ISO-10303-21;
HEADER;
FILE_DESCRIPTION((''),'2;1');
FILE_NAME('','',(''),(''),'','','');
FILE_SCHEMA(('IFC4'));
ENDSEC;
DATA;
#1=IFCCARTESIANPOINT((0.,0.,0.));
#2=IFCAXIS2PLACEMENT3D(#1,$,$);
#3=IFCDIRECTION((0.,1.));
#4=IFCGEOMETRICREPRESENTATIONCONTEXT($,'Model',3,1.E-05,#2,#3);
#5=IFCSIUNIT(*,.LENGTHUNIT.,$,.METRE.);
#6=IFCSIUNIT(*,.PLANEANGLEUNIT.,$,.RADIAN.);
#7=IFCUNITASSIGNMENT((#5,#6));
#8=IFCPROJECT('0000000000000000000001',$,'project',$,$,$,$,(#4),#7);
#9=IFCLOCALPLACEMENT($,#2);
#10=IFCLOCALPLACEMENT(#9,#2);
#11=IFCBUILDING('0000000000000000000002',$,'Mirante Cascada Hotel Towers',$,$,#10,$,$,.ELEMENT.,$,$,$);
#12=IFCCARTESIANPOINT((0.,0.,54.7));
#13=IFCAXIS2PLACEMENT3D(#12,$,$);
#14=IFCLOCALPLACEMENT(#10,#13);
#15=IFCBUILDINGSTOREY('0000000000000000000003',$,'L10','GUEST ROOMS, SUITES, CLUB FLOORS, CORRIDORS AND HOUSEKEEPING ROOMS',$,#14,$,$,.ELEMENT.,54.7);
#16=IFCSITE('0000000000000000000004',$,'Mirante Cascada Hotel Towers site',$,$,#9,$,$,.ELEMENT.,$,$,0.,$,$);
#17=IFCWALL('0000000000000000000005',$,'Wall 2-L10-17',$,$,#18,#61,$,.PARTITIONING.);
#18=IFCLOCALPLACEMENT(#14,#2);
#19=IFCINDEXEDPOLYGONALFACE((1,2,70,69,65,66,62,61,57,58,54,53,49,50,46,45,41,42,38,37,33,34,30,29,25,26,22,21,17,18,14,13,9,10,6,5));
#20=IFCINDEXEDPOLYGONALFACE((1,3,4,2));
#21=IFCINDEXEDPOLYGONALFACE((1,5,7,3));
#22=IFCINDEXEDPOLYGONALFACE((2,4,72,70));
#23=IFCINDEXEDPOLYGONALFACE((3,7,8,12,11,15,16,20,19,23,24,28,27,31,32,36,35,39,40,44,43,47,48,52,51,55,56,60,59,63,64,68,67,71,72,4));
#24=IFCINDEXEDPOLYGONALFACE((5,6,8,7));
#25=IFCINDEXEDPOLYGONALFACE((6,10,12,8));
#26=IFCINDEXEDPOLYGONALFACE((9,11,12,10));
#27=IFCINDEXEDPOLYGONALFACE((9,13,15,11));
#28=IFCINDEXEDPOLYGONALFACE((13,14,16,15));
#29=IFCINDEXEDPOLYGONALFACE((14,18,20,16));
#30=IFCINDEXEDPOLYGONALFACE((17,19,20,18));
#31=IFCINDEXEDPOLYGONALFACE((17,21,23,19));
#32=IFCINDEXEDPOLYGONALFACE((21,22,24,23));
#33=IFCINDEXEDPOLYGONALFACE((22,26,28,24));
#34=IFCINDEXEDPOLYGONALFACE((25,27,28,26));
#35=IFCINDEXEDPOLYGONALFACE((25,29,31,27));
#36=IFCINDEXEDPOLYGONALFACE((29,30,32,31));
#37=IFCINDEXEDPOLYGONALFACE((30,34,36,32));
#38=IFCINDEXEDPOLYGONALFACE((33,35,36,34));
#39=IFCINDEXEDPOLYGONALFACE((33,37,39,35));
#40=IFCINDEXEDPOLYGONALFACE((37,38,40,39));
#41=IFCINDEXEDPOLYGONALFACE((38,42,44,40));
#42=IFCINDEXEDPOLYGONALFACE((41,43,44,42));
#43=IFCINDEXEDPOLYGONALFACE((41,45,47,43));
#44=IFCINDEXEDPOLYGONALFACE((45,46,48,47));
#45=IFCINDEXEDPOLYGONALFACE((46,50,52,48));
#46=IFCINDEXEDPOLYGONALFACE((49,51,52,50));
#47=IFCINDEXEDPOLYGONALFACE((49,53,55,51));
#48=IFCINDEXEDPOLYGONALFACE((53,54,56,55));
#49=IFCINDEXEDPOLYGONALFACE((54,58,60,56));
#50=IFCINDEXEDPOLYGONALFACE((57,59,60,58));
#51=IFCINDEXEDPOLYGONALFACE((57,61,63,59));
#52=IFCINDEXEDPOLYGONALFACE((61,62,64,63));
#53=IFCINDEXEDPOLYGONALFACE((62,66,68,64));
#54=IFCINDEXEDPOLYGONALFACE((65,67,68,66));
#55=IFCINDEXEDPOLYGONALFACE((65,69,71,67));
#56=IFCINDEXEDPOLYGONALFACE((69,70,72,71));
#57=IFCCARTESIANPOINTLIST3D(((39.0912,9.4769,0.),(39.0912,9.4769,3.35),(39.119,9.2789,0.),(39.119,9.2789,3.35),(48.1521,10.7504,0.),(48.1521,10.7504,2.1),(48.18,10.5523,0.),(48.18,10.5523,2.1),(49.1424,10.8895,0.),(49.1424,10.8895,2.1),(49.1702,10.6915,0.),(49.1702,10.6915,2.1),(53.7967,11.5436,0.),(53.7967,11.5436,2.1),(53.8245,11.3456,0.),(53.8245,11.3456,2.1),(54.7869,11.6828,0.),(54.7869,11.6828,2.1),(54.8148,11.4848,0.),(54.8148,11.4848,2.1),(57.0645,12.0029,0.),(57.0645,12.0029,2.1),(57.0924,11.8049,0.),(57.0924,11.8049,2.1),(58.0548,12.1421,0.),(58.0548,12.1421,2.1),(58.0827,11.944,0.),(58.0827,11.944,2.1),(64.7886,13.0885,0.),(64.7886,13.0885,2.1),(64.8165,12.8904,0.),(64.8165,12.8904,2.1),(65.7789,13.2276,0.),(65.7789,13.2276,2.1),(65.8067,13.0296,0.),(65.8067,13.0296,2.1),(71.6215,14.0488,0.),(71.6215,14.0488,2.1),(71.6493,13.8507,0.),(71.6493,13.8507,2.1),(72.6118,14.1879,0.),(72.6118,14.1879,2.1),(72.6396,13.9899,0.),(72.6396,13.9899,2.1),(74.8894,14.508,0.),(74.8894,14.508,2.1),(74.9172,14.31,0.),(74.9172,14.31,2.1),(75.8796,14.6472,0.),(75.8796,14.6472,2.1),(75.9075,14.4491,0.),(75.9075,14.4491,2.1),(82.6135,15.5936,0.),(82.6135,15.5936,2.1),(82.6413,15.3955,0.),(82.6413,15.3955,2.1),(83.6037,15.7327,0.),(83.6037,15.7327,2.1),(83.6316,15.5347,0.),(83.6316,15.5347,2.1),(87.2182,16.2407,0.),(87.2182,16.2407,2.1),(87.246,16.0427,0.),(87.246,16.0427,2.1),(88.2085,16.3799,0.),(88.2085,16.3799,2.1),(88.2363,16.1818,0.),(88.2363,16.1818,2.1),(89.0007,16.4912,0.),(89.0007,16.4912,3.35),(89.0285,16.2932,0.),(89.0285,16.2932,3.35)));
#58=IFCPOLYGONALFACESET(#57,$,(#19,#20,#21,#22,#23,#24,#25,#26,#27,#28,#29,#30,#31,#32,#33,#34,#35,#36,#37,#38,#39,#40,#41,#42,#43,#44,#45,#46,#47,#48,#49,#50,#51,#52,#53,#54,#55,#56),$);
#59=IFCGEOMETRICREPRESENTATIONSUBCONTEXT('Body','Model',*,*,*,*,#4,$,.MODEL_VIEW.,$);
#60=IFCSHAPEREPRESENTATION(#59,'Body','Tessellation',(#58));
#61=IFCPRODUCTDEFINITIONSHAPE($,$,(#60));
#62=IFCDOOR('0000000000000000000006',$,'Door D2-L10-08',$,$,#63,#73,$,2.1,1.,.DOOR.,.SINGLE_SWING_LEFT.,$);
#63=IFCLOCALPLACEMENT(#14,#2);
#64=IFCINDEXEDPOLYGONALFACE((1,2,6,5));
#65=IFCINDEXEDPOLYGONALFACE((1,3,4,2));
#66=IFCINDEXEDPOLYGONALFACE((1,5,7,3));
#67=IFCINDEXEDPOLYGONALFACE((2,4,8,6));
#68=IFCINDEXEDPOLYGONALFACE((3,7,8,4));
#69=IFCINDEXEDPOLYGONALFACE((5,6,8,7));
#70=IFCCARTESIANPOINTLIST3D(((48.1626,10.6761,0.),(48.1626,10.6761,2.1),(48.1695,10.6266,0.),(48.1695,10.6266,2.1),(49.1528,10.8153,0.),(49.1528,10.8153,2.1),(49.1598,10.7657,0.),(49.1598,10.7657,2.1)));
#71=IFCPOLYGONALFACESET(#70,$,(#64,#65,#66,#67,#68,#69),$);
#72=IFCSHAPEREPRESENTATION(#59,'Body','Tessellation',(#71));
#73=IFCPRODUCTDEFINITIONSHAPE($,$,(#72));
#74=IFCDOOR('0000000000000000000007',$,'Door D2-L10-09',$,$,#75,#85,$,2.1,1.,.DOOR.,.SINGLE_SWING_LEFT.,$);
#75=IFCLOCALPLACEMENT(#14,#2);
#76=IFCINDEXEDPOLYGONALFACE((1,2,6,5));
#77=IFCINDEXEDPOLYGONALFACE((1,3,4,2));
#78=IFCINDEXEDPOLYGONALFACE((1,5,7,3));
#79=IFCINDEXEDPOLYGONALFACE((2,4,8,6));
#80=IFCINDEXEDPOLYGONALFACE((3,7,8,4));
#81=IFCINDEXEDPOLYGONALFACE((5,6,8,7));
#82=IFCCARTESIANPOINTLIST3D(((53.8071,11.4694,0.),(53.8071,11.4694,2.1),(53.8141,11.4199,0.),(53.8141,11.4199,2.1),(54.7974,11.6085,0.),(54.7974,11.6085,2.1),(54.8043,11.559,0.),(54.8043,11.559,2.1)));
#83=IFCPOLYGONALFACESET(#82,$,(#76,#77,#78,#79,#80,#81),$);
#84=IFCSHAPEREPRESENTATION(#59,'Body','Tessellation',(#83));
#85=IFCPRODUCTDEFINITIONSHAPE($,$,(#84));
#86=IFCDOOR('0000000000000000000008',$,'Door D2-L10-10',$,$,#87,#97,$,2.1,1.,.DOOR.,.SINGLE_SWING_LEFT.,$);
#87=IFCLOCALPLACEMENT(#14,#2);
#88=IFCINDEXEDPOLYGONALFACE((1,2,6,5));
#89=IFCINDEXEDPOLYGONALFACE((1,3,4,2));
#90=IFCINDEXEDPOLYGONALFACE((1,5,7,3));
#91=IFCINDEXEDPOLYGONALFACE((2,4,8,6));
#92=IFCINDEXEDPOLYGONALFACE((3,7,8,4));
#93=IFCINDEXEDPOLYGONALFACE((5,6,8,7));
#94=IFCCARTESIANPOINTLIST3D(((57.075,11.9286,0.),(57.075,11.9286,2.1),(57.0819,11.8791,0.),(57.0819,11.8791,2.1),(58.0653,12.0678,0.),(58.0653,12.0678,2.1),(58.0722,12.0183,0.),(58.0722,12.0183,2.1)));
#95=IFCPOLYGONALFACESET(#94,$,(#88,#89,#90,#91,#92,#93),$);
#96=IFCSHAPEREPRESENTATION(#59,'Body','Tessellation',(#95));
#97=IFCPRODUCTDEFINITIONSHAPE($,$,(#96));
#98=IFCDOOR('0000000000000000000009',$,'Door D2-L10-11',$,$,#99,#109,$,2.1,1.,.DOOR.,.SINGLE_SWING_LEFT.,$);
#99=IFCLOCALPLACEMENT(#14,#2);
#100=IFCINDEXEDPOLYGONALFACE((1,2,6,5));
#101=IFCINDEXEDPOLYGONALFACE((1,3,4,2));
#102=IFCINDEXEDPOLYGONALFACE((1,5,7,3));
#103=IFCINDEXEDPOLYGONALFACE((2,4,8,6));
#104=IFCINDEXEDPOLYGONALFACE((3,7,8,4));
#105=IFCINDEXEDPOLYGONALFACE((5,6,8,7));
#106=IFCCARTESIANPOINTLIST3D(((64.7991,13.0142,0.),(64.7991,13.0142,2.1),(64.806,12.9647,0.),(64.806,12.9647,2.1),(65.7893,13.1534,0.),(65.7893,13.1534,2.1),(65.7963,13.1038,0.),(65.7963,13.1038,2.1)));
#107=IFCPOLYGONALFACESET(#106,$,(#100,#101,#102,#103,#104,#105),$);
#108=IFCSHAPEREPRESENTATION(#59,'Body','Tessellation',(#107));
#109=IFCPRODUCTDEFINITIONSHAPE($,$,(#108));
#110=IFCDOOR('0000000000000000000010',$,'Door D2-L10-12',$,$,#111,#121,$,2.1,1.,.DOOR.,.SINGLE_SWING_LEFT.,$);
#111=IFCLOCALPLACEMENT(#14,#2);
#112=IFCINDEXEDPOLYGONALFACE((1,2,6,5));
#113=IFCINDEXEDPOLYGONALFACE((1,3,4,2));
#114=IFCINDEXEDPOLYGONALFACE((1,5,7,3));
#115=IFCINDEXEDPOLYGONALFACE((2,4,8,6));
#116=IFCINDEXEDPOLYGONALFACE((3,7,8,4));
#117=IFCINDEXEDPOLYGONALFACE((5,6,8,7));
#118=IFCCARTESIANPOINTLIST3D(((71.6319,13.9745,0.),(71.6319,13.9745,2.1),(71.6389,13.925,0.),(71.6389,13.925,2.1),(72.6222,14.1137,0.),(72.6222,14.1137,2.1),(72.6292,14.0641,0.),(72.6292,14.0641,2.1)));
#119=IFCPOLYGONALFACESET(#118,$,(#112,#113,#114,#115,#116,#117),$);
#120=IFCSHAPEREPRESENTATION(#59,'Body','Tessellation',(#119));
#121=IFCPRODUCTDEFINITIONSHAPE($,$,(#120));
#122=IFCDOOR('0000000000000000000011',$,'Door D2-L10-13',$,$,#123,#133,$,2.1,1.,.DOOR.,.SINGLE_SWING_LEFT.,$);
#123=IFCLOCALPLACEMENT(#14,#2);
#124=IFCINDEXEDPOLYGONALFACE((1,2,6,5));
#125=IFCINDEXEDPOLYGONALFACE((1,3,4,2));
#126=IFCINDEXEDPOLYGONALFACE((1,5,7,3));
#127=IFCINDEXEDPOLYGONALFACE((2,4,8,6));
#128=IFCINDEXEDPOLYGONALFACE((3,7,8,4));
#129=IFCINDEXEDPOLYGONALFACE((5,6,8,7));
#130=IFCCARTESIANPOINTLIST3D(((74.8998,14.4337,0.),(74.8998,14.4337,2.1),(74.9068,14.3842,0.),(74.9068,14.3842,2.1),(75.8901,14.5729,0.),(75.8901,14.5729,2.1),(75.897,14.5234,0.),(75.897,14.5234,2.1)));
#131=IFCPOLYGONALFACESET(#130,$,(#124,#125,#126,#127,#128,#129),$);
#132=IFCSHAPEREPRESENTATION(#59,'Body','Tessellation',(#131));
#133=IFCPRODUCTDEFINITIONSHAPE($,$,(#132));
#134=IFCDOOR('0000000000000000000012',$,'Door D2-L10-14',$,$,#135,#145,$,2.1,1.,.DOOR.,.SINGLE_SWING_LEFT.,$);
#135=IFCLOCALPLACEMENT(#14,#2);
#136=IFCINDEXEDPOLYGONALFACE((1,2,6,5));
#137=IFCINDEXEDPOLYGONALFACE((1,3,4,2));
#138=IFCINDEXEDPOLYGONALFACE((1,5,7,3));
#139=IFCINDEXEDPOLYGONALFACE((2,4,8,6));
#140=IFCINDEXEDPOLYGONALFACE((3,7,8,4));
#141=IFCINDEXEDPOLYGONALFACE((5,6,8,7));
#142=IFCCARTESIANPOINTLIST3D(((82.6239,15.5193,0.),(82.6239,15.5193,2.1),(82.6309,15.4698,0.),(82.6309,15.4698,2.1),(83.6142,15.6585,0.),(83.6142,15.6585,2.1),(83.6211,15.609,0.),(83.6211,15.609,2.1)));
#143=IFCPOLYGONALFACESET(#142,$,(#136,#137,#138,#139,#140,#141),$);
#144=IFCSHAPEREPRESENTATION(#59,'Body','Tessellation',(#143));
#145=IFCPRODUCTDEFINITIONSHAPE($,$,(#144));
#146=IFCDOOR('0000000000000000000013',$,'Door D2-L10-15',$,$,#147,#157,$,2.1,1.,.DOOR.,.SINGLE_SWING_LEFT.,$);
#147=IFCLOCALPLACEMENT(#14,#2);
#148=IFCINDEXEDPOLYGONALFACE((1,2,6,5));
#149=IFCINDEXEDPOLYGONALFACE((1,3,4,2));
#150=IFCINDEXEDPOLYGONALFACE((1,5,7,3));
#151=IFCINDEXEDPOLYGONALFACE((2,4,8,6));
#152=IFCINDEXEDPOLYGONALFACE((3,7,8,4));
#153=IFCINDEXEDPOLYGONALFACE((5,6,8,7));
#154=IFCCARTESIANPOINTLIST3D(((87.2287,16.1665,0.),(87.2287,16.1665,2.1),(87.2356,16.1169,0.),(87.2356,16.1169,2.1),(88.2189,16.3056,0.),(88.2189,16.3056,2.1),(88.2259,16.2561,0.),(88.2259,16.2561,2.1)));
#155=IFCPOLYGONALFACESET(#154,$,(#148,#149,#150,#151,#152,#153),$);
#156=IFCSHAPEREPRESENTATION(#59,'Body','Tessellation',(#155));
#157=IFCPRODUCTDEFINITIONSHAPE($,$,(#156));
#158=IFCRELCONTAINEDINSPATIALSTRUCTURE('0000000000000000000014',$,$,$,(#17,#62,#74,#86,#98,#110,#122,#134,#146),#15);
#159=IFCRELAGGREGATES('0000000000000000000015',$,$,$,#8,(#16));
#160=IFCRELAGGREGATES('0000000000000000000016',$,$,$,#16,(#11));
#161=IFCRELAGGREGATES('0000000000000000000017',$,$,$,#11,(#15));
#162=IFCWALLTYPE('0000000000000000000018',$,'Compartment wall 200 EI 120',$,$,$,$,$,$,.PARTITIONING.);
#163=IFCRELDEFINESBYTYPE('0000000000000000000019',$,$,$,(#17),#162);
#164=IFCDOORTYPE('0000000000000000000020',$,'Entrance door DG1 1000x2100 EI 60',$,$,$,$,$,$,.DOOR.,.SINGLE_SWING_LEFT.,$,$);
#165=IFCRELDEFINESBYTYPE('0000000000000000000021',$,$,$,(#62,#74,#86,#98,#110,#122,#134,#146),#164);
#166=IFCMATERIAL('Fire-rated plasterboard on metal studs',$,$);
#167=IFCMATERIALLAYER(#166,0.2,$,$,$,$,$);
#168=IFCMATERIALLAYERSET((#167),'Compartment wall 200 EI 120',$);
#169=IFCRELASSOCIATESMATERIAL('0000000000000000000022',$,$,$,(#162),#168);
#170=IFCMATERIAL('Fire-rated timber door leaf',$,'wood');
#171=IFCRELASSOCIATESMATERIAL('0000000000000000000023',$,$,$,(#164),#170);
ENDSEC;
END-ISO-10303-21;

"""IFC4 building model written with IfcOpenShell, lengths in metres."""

from ifc_helpers import new_model, si_unit, direction, frame, frame_2d, origin, place, context, subcontext, project, spatial, rectangle, extrude, material, layer, layer_set, type_object, element, fill, save


model = new_model("IFC4")

# Units and contexts
model_context = context("Model", 3, precision=1e-05, world=origin(), true_north=direction((0.0, 1.0)))
body_context = subcontext(model_context, "Body", "Model", "MODEL_VIEW")
ifc_project = project(units=[si_unit("LENGTHUNIT", "METRE"), si_unit("PLANEANGLEUNIT", "RADIAN")], contexts=[model_context])

# Site, building, storey
site_placement = place(None, origin())
site = spatial("IfcSite", under=ifc_project, at=site_placement, Name="Mirante Cascada Hotel Towers site", CompositionType="ELEMENT", RefElevation=0.0)
building_placement = place(site_placement, origin())
building = spatial("IfcBuilding", under=site, at=building_placement, Name="Mirante Cascada Hotel Towers", CompositionType="ELEMENT")
storey_placement = place(building_placement, frame((0.0, 0.0, 54.7)))
storey = spatial("IfcBuildingStorey", under=building, at=storey_placement, Name="L10", Description="GUEST ROOMS, SUITES, CLUB FLOORS, CORRIDORS AND HOUSEKEEPING ROOMS", CompositionType="ELEMENT", Elevation=54.7)

# Wall, openings, doors
ifc_material_1 = material(Name="Fire-rated plasterboard on metal studs")
ifc_layer_1 = layer(ifc_material_1, 0.2)
ifc_layer_set_1 = layer_set([ifc_layer_1], Name="Compartment wall 200 EI 120")
wall_type_1 = type_object("IfcWallType", Name="Compartment wall 200 EI 120", PredefinedType="PARTITIONING", material=ifc_layer_set_1)
wall_1_placement = place(storey_placement, frame((39.1051, 9.3779, 0.0), z_axis=(0.0, 0.0, 1.0), x_axis=(0.990268, 0.139173, 0.0)))
wall_1 = element("IfcWall", 1, at=wall_1_placement, inside=storey, type_object=wall_type_1, Name="Wall 2-L10-17", PredefinedType="PARTITIONING", context=body_context, shape_type="SweptSolid", body=[
    extrude(rectangle(XDim=50.4, YDim=0.2, at=frame_2d((25.2, 0.0))), origin(), (0.0, 0.0, 1.0), 3.35),
])
opening_1_placement = place(wall_1_placement, frame((9.15, 0.0, 0.0)))
opening_1 = element("IfcOpeningElement", 2, at=opening_1_placement, cuts=wall_1, PredefinedType="OPENING", context=body_context, shape_type="SweptSolid", body=[
    extrude(rectangle(XDim=1.0, YDim=2.1, at=frame_2d((0.5, 1.05))), frame((0.0, 0.1, 0.0), z_axis=(0.0, -1.0, 0.0), x_axis=(1.0, 0.0, 0.0)), (0.0, 0.0, 1.0), 0.2),
])
opening_2_placement = place(wall_1_placement, frame((14.85, 0.0, 0.0)))
opening_2 = element("IfcOpeningElement", 3, at=opening_2_placement, cuts=wall_1, PredefinedType="OPENING", context=body_context, shape_type="SweptSolid", body=[
    extrude(rectangle(XDim=1.0, YDim=2.1, at=frame_2d((0.5, 1.05))), frame((0.0, 0.1, 0.0), z_axis=(0.0, -1.0, 0.0), x_axis=(1.0, 0.0, 0.0)), (0.0, 0.0, 1.0), 0.2),
])
opening_3_placement = place(wall_1_placement, frame((18.15, 0.0, 0.0)))
opening_3 = element("IfcOpeningElement", 4, at=opening_3_placement, cuts=wall_1, PredefinedType="OPENING", context=body_context, shape_type="SweptSolid", body=[
    extrude(rectangle(XDim=1.0, YDim=2.1, at=frame_2d((0.5, 1.05))), frame((0.0, 0.1, 0.0), z_axis=(0.0, -1.0, 0.0), x_axis=(1.0, 0.0, 0.0)), (0.0, 0.0, 1.0), 0.2),
])
opening_4_placement = place(wall_1_placement, frame((25.95, 0.0, 0.0)))
opening_4 = element("IfcOpeningElement", 5, at=opening_4_placement, cuts=wall_1, PredefinedType="OPENING", context=body_context, shape_type="SweptSolid", body=[
    extrude(rectangle(XDim=1.0, YDim=2.1, at=frame_2d((0.5, 1.05))), frame((0.0, 0.1, 0.0), z_axis=(0.0, -1.0, 0.0), x_axis=(1.0, 0.0, 0.0)), (0.0, 0.0, 1.0), 0.2),
])
opening_5_placement = place(wall_1_placement, frame((32.85, 0.0, 0.0)))
opening_5 = element("IfcOpeningElement", 6, at=opening_5_placement, cuts=wall_1, PredefinedType="OPENING", context=body_context, shape_type="SweptSolid", body=[
    extrude(rectangle(XDim=1.0, YDim=2.1, at=frame_2d((0.5, 1.05))), frame((0.0, 0.1, 0.0), z_axis=(0.0, -1.0, 0.0), x_axis=(1.0, 0.0, 0.0)), (0.0, 0.0, 1.0), 0.2),
])
opening_6_placement = place(wall_1_placement, frame((36.15, 0.0, 0.0)))
opening_6 = element("IfcOpeningElement", 7, at=opening_6_placement, cuts=wall_1, PredefinedType="OPENING", context=body_context, shape_type="SweptSolid", body=[
    extrude(rectangle(XDim=1.0, YDim=2.1, at=frame_2d((0.5, 1.05))), frame((0.0, 0.1, 0.0), z_axis=(0.0, -1.0, 0.0), x_axis=(1.0, 0.0, 0.0)), (0.0, 0.0, 1.0), 0.2),
])
opening_7_placement = place(wall_1_placement, frame((43.95, 0.0, 0.0)))
opening_7 = element("IfcOpeningElement", 8, at=opening_7_placement, cuts=wall_1, PredefinedType="OPENING", context=body_context, shape_type="SweptSolid", body=[
    extrude(rectangle(XDim=1.0, YDim=2.1, at=frame_2d((0.5, 1.05))), frame((0.0, 0.1, 0.0), z_axis=(0.0, -1.0, 0.0), x_axis=(1.0, 0.0, 0.0)), (0.0, 0.0, 1.0), 0.2),
])
opening_8_placement = place(wall_1_placement, frame((48.6, 0.0, 0.0)))
opening_8 = element("IfcOpeningElement", 9, at=opening_8_placement, cuts=wall_1, PredefinedType="OPENING", context=body_context, shape_type="SweptSolid", body=[
    extrude(rectangle(XDim=1.0, YDim=2.1, at=frame_2d((0.5, 1.05))), frame((0.0, 0.1, 0.0), z_axis=(0.0, -1.0, 0.0), x_axis=(1.0, 0.0, 0.0)), (0.0, 0.0, 1.0), 0.2),
])
ifc_material_2 = material(Name="Fire-rated timber door leaf", Category="wood")
door_type_1 = type_object("IfcDoorType", Name="Entrance door DG1 1000x2100 EI 60", OperationType="SINGLE_SWING_LEFT", PredefinedType="DOOR", material=ifc_material_2)
door_1_placement = place(opening_1_placement, origin())
door_1 = element("IfcDoor", 10, at=door_1_placement, inside=storey, type_object=door_type_1, Name="Door D2-L10-08", OperationType="SINGLE_SWING_LEFT", OverallHeight=2.1, OverallWidth=1.0, PredefinedType="DOOR", context=body_context, shape_type="SweptSolid", body=[
    extrude(rectangle(XDim=1.0, YDim=2.1, at=frame_2d((0.5, 1.05))), frame((0.0, 0.025, 0.0), z_axis=(0.0, -1.0, 0.0), x_axis=(1.0, 0.0, 0.0)), (0.0, 0.0, 1.0), 0.05),
])
fill(opening_1, door_1)
door_2_placement = place(opening_2_placement, origin())
door_2 = element("IfcDoor", 11, at=door_2_placement, inside=storey, type_object=door_type_1, Name="Door D2-L10-09", OperationType="SINGLE_SWING_LEFT", OverallHeight=2.1, OverallWidth=1.0, PredefinedType="DOOR", context=body_context, shape_type="SweptSolid", body=[
    extrude(rectangle(XDim=1.0, YDim=2.1, at=frame_2d((0.5, 1.05))), frame((0.0, 0.025, 0.0), z_axis=(0.0, -1.0, 0.0), x_axis=(1.0, 0.0, 0.0)), (0.0, 0.0, 1.0), 0.05),
])
fill(opening_2, door_2)
door_3_placement = place(opening_3_placement, origin())
door_3 = element("IfcDoor", 12, at=door_3_placement, inside=storey, type_object=door_type_1, Name="Door D2-L10-10", OperationType="SINGLE_SWING_LEFT", OverallHeight=2.1, OverallWidth=1.0, PredefinedType="DOOR", context=body_context, shape_type="SweptSolid", body=[
    extrude(rectangle(XDim=1.0, YDim=2.1, at=frame_2d((0.5, 1.05))), frame((0.0, 0.025, 0.0), z_axis=(0.0, -1.0, 0.0), x_axis=(1.0, 0.0, 0.0)), (0.0, 0.0, 1.0), 0.05),
])
fill(opening_3, door_3)
door_4_placement = place(opening_4_placement, origin())
door_4 = element("IfcDoor", 13, at=door_4_placement, inside=storey, type_object=door_type_1, Name="Door D2-L10-11", OperationType="SINGLE_SWING_LEFT", OverallHeight=2.1, OverallWidth=1.0, PredefinedType="DOOR", context=body_context, shape_type="SweptSolid", body=[
    extrude(rectangle(XDim=1.0, YDim=2.1, at=frame_2d((0.5, 1.05))), frame((0.0, 0.025, 0.0), z_axis=(0.0, -1.0, 0.0), x_axis=(1.0, 0.0, 0.0)), (0.0, 0.0, 1.0), 0.05),
])
fill(opening_4, door_4)
door_5_placement = place(opening_5_placement, origin())
door_5 = element("IfcDoor", 14, at=door_5_placement, inside=storey, type_object=door_type_1, Name="Door D2-L10-12", OperationType="SINGLE_SWING_LEFT", OverallHeight=2.1, OverallWidth=1.0, PredefinedType="DOOR", context=body_context, shape_type="SweptSolid", body=[
    extrude(rectangle(XDim=1.0, YDim=2.1, at=frame_2d((0.5, 1.05))), frame((0.0, 0.025, 0.0), z_axis=(0.0, -1.0, 0.0), x_axis=(1.0, 0.0, 0.0)), (0.0, 0.0, 1.0), 0.05),
])
fill(opening_5, door_5)
door_6_placement = place(opening_6_placement, origin())
door_6 = element("IfcDoor", 15, at=door_6_placement, inside=storey, type_object=door_type_1, Name="Door D2-L10-13", OperationType="SINGLE_SWING_LEFT", OverallHeight=2.1, OverallWidth=1.0, PredefinedType="DOOR", context=body_context, shape_type="SweptSolid", body=[
    extrude(rectangle(XDim=1.0, YDim=2.1, at=frame_2d((0.5, 1.05))), frame((0.0, 0.025, 0.0), z_axis=(0.0, -1.0, 0.0), x_axis=(1.0, 0.0, 0.0)), (0.0, 0.0, 1.0), 0.05),
])
fill(opening_6, door_6)
door_7_placement = place(opening_7_placement, origin())
door_7 = element("IfcDoor", 16, at=door_7_placement, inside=storey, type_object=door_type_1, Name="Door D2-L10-14", OperationType="SINGLE_SWING_LEFT", OverallHeight=2.1, OverallWidth=1.0, PredefinedType="DOOR", context=body_context, shape_type="SweptSolid", body=[
    extrude(rectangle(XDim=1.0, YDim=2.1, at=frame_2d((0.5, 1.05))), frame((0.0, 0.025, 0.0), z_axis=(0.0, -1.0, 0.0), x_axis=(1.0, 0.0, 0.0)), (0.0, 0.0, 1.0), 0.05),
])
fill(opening_7, door_7)
door_8_placement = place(opening_8_placement, origin())
door_8 = element("IfcDoor", 17, at=door_8_placement, inside=storey, type_object=door_type_1, Name="Door D2-L10-15", OperationType="SINGLE_SWING_LEFT", OverallHeight=2.1, OverallWidth=1.0, PredefinedType="DOOR", context=body_context, shape_type="SweptSolid", body=[
    extrude(rectangle(XDim=1.0, YDim=2.1, at=frame_2d((0.5, 1.05))), frame((0.0, 0.025, 0.0), z_axis=(0.0, -1.0, 0.0), x_axis=(1.0, 0.0, 0.0)), (0.0, 0.0, 1.0), 0.05),
])
fill(opening_8, door_8)

save(model, "model.ifc")
